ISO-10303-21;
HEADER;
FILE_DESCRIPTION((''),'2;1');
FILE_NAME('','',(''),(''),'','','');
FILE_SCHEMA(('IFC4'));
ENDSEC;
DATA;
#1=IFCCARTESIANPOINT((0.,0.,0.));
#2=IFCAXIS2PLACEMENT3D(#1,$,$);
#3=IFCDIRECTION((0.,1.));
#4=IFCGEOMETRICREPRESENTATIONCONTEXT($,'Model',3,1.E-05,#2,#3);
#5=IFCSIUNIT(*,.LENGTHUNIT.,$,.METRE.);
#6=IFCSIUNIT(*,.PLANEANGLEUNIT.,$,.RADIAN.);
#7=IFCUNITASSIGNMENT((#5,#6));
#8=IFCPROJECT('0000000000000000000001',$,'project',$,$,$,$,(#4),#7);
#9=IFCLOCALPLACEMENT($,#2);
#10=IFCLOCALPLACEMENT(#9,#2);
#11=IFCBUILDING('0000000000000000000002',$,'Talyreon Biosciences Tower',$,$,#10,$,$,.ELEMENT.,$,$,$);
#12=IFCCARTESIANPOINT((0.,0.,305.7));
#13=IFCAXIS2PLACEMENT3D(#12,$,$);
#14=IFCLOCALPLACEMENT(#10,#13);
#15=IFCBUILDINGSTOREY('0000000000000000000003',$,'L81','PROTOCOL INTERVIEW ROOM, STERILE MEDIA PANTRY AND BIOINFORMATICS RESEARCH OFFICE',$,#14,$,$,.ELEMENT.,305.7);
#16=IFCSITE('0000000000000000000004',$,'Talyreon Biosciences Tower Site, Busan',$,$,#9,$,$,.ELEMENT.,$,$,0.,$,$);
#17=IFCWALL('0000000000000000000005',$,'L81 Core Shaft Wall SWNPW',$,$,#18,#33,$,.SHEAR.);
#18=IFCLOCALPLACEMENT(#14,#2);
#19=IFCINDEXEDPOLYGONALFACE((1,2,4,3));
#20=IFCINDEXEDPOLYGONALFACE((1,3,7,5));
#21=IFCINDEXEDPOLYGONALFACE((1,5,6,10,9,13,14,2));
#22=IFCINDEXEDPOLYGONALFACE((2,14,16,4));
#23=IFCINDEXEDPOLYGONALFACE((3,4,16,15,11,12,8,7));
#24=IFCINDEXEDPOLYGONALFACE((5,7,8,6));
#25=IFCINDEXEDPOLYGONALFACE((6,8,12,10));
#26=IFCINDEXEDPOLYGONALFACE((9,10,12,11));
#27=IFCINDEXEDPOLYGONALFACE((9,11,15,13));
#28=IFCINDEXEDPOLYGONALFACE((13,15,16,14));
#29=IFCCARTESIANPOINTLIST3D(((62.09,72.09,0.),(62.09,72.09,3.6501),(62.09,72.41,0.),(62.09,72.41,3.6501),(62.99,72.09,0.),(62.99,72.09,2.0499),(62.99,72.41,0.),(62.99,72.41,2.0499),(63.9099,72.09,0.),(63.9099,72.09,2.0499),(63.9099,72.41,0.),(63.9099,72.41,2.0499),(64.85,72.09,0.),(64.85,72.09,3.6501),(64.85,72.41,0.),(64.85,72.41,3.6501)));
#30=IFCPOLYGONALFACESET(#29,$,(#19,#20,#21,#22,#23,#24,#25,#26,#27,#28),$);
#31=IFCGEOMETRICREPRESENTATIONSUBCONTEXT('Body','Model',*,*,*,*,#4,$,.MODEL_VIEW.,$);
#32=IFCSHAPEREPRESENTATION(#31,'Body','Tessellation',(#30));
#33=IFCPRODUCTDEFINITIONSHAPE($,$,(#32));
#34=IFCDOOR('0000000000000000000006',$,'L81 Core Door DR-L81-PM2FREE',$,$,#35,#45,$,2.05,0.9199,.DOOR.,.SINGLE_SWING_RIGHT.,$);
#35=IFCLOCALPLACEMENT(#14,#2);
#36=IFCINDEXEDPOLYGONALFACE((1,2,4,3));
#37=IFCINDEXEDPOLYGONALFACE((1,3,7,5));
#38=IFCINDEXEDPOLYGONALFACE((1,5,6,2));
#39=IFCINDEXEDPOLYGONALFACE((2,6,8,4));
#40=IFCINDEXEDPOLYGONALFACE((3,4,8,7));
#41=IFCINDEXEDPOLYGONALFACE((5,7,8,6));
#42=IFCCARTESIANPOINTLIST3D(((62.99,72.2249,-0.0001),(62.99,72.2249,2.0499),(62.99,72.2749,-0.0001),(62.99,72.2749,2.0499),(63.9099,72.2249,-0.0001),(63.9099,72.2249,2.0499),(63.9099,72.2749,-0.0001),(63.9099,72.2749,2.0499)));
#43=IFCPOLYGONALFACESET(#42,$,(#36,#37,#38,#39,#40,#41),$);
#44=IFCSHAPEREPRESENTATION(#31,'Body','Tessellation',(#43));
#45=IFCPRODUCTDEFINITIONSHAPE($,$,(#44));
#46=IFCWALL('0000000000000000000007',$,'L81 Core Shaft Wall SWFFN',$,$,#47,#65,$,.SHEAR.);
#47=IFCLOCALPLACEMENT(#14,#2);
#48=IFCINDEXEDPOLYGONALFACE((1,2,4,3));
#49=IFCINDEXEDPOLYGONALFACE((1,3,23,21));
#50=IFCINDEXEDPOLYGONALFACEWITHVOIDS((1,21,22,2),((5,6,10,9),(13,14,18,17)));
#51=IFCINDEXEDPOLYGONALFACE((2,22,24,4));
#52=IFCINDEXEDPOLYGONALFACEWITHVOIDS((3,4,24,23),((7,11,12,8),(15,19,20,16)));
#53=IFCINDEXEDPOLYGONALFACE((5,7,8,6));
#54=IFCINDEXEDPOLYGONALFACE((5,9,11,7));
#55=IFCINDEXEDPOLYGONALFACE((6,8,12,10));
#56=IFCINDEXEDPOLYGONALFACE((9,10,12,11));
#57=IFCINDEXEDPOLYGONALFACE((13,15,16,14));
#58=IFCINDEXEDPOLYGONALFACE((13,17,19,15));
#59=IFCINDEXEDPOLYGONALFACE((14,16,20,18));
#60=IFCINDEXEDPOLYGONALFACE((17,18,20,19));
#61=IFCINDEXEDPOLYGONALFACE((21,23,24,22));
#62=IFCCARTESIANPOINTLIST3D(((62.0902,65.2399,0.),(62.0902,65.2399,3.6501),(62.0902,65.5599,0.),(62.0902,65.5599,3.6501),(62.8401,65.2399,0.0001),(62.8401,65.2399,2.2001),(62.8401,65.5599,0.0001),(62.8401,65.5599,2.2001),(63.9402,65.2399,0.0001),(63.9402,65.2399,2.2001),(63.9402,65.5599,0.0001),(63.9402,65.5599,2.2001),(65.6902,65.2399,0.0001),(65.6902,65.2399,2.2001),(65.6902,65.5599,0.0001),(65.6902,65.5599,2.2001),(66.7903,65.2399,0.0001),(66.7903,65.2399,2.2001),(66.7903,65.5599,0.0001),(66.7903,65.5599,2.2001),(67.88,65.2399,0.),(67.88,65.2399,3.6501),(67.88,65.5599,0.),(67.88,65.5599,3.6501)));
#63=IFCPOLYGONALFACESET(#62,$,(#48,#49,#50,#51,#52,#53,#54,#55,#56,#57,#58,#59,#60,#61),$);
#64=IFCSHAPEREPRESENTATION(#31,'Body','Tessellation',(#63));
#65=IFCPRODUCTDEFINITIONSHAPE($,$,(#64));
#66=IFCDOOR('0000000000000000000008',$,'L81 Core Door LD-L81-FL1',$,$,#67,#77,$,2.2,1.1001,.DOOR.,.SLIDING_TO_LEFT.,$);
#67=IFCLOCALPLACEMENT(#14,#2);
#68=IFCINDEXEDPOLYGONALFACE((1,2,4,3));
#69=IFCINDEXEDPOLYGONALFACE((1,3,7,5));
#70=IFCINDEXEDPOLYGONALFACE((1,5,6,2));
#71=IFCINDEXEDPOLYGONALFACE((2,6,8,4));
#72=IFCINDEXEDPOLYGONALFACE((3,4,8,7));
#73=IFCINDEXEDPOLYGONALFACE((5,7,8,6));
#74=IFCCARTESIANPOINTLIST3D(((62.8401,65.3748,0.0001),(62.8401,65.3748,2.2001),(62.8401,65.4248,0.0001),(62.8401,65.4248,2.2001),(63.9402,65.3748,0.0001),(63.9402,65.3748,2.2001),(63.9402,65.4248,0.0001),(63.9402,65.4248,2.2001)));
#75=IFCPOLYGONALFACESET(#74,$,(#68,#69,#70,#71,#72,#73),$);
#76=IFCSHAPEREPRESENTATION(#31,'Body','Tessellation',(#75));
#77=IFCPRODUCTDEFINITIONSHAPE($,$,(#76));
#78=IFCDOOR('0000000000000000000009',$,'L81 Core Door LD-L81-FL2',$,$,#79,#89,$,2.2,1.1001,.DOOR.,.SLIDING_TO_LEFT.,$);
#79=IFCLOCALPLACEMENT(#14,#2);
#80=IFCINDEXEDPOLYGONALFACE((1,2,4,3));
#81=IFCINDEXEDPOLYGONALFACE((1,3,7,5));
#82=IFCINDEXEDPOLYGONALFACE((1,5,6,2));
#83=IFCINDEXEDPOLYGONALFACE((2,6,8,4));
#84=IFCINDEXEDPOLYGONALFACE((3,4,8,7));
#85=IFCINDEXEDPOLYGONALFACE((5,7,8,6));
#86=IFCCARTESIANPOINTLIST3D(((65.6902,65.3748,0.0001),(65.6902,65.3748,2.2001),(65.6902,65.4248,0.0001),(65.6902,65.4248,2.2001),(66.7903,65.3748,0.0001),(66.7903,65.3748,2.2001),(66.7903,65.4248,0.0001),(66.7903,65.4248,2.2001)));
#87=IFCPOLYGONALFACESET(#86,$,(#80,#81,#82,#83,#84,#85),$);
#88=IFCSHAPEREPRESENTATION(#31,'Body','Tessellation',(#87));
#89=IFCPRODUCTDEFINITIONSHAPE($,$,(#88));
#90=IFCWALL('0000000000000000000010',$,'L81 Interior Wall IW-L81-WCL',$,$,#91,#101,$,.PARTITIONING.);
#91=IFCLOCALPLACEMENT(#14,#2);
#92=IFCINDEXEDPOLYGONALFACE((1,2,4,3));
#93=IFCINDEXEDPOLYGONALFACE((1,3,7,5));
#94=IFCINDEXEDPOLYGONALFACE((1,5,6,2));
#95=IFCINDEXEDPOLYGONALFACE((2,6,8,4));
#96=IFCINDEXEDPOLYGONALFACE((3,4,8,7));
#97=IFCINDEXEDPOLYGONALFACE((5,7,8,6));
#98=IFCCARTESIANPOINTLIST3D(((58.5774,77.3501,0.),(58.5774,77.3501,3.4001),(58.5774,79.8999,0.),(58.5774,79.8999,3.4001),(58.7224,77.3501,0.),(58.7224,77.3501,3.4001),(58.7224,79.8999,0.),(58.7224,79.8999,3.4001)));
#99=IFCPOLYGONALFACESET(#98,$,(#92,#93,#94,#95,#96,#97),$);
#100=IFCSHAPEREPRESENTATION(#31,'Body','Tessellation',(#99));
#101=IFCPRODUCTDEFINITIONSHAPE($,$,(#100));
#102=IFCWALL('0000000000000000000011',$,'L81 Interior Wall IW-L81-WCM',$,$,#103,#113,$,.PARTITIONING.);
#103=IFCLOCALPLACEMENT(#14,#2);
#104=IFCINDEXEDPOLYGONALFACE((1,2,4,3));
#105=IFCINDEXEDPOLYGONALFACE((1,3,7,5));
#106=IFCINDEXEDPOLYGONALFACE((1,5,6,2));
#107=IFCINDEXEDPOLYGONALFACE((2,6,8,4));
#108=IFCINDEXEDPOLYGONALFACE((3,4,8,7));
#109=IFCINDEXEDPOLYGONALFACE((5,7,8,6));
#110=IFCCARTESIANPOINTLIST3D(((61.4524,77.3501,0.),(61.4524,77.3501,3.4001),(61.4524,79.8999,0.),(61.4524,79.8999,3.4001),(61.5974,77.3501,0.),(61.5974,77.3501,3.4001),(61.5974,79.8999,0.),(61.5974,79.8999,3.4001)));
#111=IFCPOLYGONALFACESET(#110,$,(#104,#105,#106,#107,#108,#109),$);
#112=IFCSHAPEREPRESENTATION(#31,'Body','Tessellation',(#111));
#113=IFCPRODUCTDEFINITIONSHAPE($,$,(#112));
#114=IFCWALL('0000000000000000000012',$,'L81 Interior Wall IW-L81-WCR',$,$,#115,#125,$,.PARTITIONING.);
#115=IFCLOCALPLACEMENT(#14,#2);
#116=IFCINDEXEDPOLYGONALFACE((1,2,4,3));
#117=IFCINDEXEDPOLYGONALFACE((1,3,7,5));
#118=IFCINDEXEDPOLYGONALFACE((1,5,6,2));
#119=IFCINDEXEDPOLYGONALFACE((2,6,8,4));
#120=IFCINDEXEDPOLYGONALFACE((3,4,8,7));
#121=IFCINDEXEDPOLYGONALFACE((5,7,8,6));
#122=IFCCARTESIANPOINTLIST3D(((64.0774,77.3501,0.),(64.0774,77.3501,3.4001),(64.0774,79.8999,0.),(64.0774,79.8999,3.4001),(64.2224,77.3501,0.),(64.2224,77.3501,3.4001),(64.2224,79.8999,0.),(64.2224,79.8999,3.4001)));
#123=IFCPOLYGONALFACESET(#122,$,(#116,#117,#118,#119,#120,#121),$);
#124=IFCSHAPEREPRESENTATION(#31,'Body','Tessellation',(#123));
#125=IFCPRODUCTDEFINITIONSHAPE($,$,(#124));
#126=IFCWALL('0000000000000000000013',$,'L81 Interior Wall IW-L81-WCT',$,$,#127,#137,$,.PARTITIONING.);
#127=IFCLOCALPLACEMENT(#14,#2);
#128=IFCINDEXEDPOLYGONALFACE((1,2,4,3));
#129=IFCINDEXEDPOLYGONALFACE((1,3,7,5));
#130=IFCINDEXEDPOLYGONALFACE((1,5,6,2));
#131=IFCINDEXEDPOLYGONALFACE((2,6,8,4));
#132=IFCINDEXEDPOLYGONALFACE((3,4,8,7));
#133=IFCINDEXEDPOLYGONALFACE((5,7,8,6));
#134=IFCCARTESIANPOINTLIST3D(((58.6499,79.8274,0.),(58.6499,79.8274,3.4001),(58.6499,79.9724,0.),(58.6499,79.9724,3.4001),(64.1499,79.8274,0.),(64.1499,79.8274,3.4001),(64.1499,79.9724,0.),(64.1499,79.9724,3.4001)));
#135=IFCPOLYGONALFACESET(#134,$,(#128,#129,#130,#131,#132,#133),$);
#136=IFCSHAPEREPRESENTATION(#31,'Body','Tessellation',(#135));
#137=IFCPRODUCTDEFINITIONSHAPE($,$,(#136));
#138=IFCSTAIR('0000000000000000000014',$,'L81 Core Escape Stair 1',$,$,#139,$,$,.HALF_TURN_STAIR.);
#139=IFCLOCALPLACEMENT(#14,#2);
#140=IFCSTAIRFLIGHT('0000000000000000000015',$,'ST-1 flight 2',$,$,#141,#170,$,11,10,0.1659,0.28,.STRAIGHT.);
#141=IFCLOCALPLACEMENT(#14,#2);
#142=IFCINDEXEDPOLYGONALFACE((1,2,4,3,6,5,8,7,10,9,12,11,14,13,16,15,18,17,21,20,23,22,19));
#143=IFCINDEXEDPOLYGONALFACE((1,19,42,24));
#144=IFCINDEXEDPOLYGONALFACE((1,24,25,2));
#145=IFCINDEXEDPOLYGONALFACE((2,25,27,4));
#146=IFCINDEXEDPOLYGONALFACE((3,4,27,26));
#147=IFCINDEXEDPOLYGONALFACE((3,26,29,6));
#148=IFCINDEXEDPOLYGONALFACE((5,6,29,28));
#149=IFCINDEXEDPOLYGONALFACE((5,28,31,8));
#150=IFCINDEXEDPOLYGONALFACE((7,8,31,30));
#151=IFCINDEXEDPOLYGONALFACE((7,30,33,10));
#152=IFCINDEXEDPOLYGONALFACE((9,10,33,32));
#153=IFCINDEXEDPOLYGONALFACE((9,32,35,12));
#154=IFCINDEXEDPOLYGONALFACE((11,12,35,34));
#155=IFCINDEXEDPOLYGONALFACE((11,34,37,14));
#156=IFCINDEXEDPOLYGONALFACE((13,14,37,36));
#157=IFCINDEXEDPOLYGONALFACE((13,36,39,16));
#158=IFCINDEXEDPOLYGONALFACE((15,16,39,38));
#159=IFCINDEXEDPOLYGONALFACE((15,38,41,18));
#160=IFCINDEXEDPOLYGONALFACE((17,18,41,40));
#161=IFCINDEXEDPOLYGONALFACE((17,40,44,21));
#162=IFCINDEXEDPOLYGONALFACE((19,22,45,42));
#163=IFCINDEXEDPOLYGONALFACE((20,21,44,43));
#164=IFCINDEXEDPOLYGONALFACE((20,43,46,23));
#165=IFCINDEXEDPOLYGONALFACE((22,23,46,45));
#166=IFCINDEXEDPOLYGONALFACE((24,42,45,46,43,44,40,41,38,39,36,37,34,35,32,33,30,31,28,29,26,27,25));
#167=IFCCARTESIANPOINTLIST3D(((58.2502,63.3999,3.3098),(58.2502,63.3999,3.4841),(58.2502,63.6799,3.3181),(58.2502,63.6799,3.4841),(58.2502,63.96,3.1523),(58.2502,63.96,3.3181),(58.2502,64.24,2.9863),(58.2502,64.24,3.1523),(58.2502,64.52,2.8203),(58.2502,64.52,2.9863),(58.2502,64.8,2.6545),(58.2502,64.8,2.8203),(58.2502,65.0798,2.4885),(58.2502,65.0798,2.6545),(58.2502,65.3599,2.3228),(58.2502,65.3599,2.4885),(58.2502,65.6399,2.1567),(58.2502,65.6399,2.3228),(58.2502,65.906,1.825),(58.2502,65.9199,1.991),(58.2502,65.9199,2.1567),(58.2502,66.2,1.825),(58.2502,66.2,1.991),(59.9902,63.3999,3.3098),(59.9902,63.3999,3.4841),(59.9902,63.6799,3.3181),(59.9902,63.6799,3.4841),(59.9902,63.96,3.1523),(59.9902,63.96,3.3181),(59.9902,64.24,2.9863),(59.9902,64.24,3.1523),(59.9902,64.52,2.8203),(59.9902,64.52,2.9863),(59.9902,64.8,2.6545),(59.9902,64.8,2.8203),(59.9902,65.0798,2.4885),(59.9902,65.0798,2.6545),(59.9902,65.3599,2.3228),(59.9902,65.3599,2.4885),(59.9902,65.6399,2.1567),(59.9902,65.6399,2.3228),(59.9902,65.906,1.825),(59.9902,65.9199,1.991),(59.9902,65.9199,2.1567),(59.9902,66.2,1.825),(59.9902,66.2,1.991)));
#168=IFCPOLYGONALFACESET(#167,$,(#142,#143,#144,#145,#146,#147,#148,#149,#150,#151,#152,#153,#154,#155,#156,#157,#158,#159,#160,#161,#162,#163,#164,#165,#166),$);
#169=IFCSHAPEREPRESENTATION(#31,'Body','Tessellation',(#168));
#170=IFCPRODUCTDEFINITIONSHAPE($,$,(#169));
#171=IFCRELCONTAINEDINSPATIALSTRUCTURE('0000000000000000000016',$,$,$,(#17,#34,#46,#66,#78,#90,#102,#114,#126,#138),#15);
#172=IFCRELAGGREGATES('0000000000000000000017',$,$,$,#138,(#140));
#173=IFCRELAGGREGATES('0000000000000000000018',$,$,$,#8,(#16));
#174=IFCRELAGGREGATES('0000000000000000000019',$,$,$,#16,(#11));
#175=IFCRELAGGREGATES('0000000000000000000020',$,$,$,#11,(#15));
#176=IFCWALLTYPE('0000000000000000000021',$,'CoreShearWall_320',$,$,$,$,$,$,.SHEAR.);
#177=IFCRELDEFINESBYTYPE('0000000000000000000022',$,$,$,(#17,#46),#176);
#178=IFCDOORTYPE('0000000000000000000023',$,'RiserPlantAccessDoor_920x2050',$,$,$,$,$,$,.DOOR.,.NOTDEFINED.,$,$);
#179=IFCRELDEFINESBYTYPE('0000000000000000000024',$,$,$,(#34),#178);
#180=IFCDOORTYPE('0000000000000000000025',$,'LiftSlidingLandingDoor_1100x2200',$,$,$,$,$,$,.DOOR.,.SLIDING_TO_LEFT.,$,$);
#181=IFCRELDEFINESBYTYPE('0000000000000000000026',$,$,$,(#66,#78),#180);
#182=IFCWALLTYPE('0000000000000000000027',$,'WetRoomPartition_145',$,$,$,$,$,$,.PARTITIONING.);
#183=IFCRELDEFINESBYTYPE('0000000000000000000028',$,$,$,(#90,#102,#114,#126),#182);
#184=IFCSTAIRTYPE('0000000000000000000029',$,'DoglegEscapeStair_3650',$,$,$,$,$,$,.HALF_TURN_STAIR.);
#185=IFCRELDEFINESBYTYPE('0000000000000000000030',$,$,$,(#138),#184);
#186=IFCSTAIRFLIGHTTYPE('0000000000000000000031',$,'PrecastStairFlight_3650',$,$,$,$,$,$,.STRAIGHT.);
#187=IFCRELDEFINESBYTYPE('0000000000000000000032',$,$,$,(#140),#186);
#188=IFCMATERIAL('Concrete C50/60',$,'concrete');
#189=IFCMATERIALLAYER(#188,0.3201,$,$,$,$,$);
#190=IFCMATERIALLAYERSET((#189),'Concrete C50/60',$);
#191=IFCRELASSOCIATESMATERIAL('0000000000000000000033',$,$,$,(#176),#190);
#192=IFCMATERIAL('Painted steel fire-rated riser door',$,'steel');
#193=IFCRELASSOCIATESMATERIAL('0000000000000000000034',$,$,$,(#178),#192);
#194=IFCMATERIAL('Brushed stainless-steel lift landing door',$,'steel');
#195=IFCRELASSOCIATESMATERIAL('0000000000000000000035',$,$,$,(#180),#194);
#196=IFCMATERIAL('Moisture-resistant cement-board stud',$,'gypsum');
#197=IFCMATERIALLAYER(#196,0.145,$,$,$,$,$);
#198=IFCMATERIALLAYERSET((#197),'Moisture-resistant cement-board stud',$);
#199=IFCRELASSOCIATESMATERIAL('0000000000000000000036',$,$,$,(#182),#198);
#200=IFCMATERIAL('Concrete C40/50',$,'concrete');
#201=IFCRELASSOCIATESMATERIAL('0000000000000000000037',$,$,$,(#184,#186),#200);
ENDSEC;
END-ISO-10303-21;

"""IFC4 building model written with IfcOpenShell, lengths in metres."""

from ifc_helpers import new_model, si_unit, direction, frame, frame_2d, origin, place, context, subcontext, project, spatial, polyline, rectangle, outline, extrude, material, layer, layer_set, type_object, element, fill, aggregate, save


model = new_model("IFC4")

# Units and contexts
model_context = context("Model", 3, precision=1e-05, world=origin(), true_north=direction((0.0, 1.0)))
body_context = subcontext(model_context, "Body", "Model", "MODEL_VIEW")
ifc_project = project(units=[si_unit("LENGTHUNIT", "METRE"), si_unit("PLANEANGLEUNIT", "RADIAN")], contexts=[model_context])

# Site, building, storey
site_placement = place(None, origin())
site = spatial("IfcSite", under=ifc_project, at=site_placement, Name="Talyreon Biosciences Tower Site, Busan", CompositionType="ELEMENT", RefElevation=0.0)
building_placement = place(site_placement, origin())
building = spatial("IfcBuilding", under=site, at=building_placement, Name="Talyreon Biosciences Tower", CompositionType="ELEMENT")
storey_placement = place(building_placement, frame((0.0, 0.0, 305.7)))
storey = spatial("IfcBuildingStorey", under=building, at=storey_placement, Name="L81", Description="PROTOCOL INTERVIEW ROOM, STERILE MEDIA PANTRY AND BIOINFORMATICS RESEARCH OFFICE", CompositionType="ELEMENT", Elevation=305.7)

# Shared definitions
ifc_material_1 = material(Name="Concrete C50/60", Category="concrete")

# Shared definitions
ifc_layer_1 = layer(ifc_material_1, 0.3201)
ifc_layer_set_1 = layer_set([ifc_layer_1], Name="Concrete C50/60")
wall_type_1 = type_object("IfcWallType", Name="CoreShearWall_320", PredefinedType="SHEAR", material=ifc_layer_set_1)

# Wall, opening, door
wall_1_placement = place(storey_placement, frame((62.0901, 72.25, 0.0), z_axis=(0.0, 0.0, 1.0), x_axis=(1.0, 0.0, 0.0)))
wall_1 = element("IfcWall", 1, at=wall_1_placement, inside=storey, type_object=wall_type_1, Name="L81 Core Shaft Wall SWNPW", PredefinedType="SHEAR", context=body_context, shape_type="SweptSolid", body=[
    extrude(rectangle(XDim=2.76, YDim=0.3201, at=frame_2d((1.3799, 0.0))), origin(), (0.0, 0.0, 1.0), 3.6501),
])
opening_1_placement = place(wall_1_placement, frame((0.8999, 0.0, 0.0)))
opening_1 = element("IfcOpeningElement", 2, at=opening_1_placement, cuts=wall_1, PredefinedType="OPENING", context=body_context, shape_type="SweptSolid", body=[
    extrude(rectangle(XDim=0.9199, YDim=2.05, at=frame_2d((0.46, 1.0249))), frame((0.0, 0.1699, 0.0), z_axis=(0.0, -1.0, 0.0), x_axis=(1.0, 0.0, 0.0)), (0.0, 0.0, 1.0), 0.3401),
])
ifc_material_2 = material(Name="Painted steel fire-rated riser door", Category="steel")
door_type_1 = type_object("IfcDoorType", Name="RiserPlantAccessDoor_920x2050", OperationType="NOTDEFINED", PredefinedType="DOOR", material=ifc_material_2)
door_1_placement = place(opening_1_placement, origin())
door_1 = element("IfcDoor", 3, at=door_1_placement, inside=storey, type_object=door_type_1, Name="L81 Core Door DR-L81-PM2FREE", OperationType="SINGLE_SWING_RIGHT", OverallHeight=2.05, OverallWidth=0.9199, PredefinedType="DOOR", context=body_context, shape_type="SweptSolid", body=[
    extrude(rectangle(XDim=0.9199, YDim=2.05, at=frame_2d((0.46, 1.0249))), frame((0.0, 0.0249, 0.0), z_axis=(0.0, -1.0, 0.0), x_axis=(1.0, 0.0, 0.0)), (0.0, 0.0, 1.0), 0.05),
])
fill(opening_1, door_1)

# Wall, openings, doors
wall_2_placement = place(storey_placement, frame((62.0901, 65.3999, 0.0), z_axis=(0.0, 0.0, 1.0), x_axis=(1.0, 0.0, 0.0)))
wall_2 = element("IfcWall", 4, at=wall_2_placement, inside=storey, type_object=wall_type_1, Name="L81 Core Shaft Wall SWFFN", PredefinedType="SHEAR", context=body_context, shape_type="SweptSolid", body=[
    extrude(rectangle(XDim=5.7898, YDim=0.3201, at=frame_2d((2.895, 0.0))), origin(), (0.0, 0.0, 1.0), 3.6501),
])
opening_2_placement = place(wall_2_placement, frame((0.75, 0.0, 0.0)))
opening_2 = element("IfcOpeningElement", 5, at=opening_2_placement, cuts=wall_2, PredefinedType="OPENING", context=body_context, shape_type="SweptSolid", body=[
    extrude(rectangle(XDim=1.1001, YDim=2.2, at=frame_2d((0.55, 1.1001))), frame((0.0, 0.1699, 0.0), z_axis=(0.0, -1.0, 0.0), x_axis=(1.0, 0.0, 0.0)), (0.0, 0.0, 1.0), 0.3401),
])
opening_3_placement = place(wall_2_placement, frame((3.6001, 0.0, 0.0)))
opening_3 = element("IfcOpeningElement", 6, at=opening_3_placement, cuts=wall_2, PredefinedType="OPENING", context=body_context, shape_type="SweptSolid", body=[
    extrude(rectangle(XDim=1.1001, YDim=2.2, at=frame_2d((0.55, 1.1001))), frame((0.0, 0.1699, 0.0), z_axis=(0.0, -1.0, 0.0), x_axis=(1.0, 0.0, 0.0)), (0.0, 0.0, 1.0), 0.3401),
])
ifc_material_3 = material(Name="Brushed stainless-steel lift landing door", Category="steel")
door_type_2 = type_object("IfcDoorType", Name="LiftSlidingLandingDoor_1100x2200", OperationType="SLIDING_TO_LEFT", PredefinedType="DOOR", material=ifc_material_3)
door_2_placement = place(opening_2_placement, origin())
door_2 = element("IfcDoor", 7, at=door_2_placement, inside=storey, type_object=door_type_2, Name="L81 Core Door LD-L81-FL1", OperationType="SLIDING_TO_LEFT", OverallHeight=2.2, OverallWidth=1.1001, PredefinedType="DOOR", context=body_context, shape_type="SweptSolid", body=[
    extrude(rectangle(XDim=1.1001, YDim=2.2, at=frame_2d((0.55, 1.1001))), frame((0.0, 0.0249, 0.0), z_axis=(0.0, -1.0, 0.0), x_axis=(1.0, 0.0, 0.0)), (0.0, 0.0, 1.0), 0.05),
])
fill(opening_2, door_2)
door_3_placement = place(opening_3_placement, origin())
door_3 = element("IfcDoor", 8, at=door_3_placement, inside=storey, type_object=door_type_2, Name="L81 Core Door LD-L81-FL2", OperationType="SLIDING_TO_LEFT", OverallHeight=2.2, OverallWidth=1.1001, PredefinedType="DOOR", context=body_context, shape_type="SweptSolid", body=[
    extrude(rectangle(XDim=1.1001, YDim=2.2, at=frame_2d((0.55, 1.1001))), frame((0.0, 0.0249, 0.0), z_axis=(0.0, -1.0, 0.0), x_axis=(1.0, 0.0, 0.0)), (0.0, 0.0, 1.0), 0.05),
])
fill(opening_3, door_3)

# Walls
ifc_material_4 = material(Name="Moisture-resistant cement-board stud", Category="gypsum")
ifc_layer_2 = layer(ifc_material_4, 0.145)
ifc_layer_set_2 = layer_set([ifc_layer_2], Name="Moisture-resistant cement-board stud")
wall_type_2 = type_object("IfcWallType", Name="WetRoomPartition_145", PredefinedType="PARTITIONING", material=ifc_layer_set_2)
for number, where, z_axis, x_axis, name in (
    (9, (58.6499, 77.3501, 0.0), (0.0, 0.0, 1.0), (0.0, 1.0, 0.0), "L81 Interior Wall IW-L81-WCL"),
    (10, (61.5249, 77.3501, 0.0), (0.0, 0.0, 1.0), (0.0, 1.0, 0.0), "L81 Interior Wall IW-L81-WCM"),
    (11, (64.1499, 77.3501, 0.0), (0.0, 0.0, 1.0), (0.0, 1.0, 0.0), "L81 Interior Wall IW-L81-WCR"),
):
    element("IfcWall", number, at=place(storey_placement, frame(where, z_axis=z_axis, x_axis=x_axis)), inside=storey, type_object=wall_type_2, Name=name, PredefinedType="PARTITIONING", context=body_context, shape_type="SweptSolid", body=[
        extrude(rectangle(XDim=2.5498, YDim=0.145, at=frame_2d((1.2749, 0.0))), origin(), (0.0, 0.0, 1.0), 3.4001),
    ])
wall_3_placement = place(storey_placement, frame((58.6499, 79.8999, 0.0), z_axis=(0.0, 0.0, 1.0), x_axis=(1.0, 0.0, 0.0)))
element("IfcWall", 12, at=wall_3_placement, inside=storey, type_object=wall_type_2, Name="L81 Interior Wall IW-L81-WCT", PredefinedType="PARTITIONING", context=body_context, shape_type="SweptSolid", body=[
    extrude(rectangle(XDim=5.5, YDim=0.145, at=frame_2d((2.75, 0.0))), origin(), (0.0, 0.0, 1.0), 3.4001),
])

# Stair, stair flight
ifc_material_5 = material(Name="Concrete C40/50", Category="concrete")
stair_type = type_object("IfcStairType", Name="DoglegEscapeStair_3650", PredefinedType="HALF_TURN_STAIR", material=ifc_material_5)
stair_placement = place(storey_placement, origin())
stair = element("IfcStair", 13, at=stair_placement, inside=storey, type_object=stair_type, Name="L81 Core Escape Stair 1", PredefinedType="HALF_TURN_STAIR")
stair_flight_type = type_object("IfcStairFlightType", Name="PrecastStairFlight_3650", PredefinedType="STRAIGHT", material=ifc_material_5)
stair_flight_placement = place(storey_placement, frame((59.1201, 66.2, 1.825), z_axis=(0.0, 0.0, 1.0), x_axis=(0.0, -1.0, 0.0)))
stair_flight = element("IfcStairFlight", 14, at=stair_flight_placement, type_object=stair_flight_type, Name="ST-1 flight 2", NumberOfRisers=11, NumberOfTreads=10, PredefinedType="STRAIGHT", RiserHeight=0.1659, TreadLength=0.28, context=body_context, shape_type="SweptSolid", body=[
    extrude(outline(polyline([(0.0, 0.0), (0.0, 0.166), (0.28, 0.166), (0.28, 0.3318), (0.5601, 0.3318), (0.5601, 0.4978), (0.8401, 0.4978), (0.8401, 0.6636), (1.1201, 0.6636), (1.1201, 0.8296), (1.3999, 0.8296), (1.3999, 0.9954), (1.6799, 0.9954), (1.6799, 1.1614), (1.96, 1.1614), (1.96, 1.3274), (2.24, 1.3274), (2.24, 1.4932), (2.52, 1.4932), (2.52, 1.6592), (2.8, 1.6592), (2.8, 1.825), (2.8, 1.4849), (0.2939, 0.0), (0.0, 0.0)])), frame((0.0, 0.8701, 0.0), z_axis=(0.0, -1.0, 0.0), x_axis=(1.0, 0.0, 0.0)), (0.0, 0.0, 1.0), 1.74),
])
aggregate(stair, [stair_flight])

save(model, "model.ifc")
